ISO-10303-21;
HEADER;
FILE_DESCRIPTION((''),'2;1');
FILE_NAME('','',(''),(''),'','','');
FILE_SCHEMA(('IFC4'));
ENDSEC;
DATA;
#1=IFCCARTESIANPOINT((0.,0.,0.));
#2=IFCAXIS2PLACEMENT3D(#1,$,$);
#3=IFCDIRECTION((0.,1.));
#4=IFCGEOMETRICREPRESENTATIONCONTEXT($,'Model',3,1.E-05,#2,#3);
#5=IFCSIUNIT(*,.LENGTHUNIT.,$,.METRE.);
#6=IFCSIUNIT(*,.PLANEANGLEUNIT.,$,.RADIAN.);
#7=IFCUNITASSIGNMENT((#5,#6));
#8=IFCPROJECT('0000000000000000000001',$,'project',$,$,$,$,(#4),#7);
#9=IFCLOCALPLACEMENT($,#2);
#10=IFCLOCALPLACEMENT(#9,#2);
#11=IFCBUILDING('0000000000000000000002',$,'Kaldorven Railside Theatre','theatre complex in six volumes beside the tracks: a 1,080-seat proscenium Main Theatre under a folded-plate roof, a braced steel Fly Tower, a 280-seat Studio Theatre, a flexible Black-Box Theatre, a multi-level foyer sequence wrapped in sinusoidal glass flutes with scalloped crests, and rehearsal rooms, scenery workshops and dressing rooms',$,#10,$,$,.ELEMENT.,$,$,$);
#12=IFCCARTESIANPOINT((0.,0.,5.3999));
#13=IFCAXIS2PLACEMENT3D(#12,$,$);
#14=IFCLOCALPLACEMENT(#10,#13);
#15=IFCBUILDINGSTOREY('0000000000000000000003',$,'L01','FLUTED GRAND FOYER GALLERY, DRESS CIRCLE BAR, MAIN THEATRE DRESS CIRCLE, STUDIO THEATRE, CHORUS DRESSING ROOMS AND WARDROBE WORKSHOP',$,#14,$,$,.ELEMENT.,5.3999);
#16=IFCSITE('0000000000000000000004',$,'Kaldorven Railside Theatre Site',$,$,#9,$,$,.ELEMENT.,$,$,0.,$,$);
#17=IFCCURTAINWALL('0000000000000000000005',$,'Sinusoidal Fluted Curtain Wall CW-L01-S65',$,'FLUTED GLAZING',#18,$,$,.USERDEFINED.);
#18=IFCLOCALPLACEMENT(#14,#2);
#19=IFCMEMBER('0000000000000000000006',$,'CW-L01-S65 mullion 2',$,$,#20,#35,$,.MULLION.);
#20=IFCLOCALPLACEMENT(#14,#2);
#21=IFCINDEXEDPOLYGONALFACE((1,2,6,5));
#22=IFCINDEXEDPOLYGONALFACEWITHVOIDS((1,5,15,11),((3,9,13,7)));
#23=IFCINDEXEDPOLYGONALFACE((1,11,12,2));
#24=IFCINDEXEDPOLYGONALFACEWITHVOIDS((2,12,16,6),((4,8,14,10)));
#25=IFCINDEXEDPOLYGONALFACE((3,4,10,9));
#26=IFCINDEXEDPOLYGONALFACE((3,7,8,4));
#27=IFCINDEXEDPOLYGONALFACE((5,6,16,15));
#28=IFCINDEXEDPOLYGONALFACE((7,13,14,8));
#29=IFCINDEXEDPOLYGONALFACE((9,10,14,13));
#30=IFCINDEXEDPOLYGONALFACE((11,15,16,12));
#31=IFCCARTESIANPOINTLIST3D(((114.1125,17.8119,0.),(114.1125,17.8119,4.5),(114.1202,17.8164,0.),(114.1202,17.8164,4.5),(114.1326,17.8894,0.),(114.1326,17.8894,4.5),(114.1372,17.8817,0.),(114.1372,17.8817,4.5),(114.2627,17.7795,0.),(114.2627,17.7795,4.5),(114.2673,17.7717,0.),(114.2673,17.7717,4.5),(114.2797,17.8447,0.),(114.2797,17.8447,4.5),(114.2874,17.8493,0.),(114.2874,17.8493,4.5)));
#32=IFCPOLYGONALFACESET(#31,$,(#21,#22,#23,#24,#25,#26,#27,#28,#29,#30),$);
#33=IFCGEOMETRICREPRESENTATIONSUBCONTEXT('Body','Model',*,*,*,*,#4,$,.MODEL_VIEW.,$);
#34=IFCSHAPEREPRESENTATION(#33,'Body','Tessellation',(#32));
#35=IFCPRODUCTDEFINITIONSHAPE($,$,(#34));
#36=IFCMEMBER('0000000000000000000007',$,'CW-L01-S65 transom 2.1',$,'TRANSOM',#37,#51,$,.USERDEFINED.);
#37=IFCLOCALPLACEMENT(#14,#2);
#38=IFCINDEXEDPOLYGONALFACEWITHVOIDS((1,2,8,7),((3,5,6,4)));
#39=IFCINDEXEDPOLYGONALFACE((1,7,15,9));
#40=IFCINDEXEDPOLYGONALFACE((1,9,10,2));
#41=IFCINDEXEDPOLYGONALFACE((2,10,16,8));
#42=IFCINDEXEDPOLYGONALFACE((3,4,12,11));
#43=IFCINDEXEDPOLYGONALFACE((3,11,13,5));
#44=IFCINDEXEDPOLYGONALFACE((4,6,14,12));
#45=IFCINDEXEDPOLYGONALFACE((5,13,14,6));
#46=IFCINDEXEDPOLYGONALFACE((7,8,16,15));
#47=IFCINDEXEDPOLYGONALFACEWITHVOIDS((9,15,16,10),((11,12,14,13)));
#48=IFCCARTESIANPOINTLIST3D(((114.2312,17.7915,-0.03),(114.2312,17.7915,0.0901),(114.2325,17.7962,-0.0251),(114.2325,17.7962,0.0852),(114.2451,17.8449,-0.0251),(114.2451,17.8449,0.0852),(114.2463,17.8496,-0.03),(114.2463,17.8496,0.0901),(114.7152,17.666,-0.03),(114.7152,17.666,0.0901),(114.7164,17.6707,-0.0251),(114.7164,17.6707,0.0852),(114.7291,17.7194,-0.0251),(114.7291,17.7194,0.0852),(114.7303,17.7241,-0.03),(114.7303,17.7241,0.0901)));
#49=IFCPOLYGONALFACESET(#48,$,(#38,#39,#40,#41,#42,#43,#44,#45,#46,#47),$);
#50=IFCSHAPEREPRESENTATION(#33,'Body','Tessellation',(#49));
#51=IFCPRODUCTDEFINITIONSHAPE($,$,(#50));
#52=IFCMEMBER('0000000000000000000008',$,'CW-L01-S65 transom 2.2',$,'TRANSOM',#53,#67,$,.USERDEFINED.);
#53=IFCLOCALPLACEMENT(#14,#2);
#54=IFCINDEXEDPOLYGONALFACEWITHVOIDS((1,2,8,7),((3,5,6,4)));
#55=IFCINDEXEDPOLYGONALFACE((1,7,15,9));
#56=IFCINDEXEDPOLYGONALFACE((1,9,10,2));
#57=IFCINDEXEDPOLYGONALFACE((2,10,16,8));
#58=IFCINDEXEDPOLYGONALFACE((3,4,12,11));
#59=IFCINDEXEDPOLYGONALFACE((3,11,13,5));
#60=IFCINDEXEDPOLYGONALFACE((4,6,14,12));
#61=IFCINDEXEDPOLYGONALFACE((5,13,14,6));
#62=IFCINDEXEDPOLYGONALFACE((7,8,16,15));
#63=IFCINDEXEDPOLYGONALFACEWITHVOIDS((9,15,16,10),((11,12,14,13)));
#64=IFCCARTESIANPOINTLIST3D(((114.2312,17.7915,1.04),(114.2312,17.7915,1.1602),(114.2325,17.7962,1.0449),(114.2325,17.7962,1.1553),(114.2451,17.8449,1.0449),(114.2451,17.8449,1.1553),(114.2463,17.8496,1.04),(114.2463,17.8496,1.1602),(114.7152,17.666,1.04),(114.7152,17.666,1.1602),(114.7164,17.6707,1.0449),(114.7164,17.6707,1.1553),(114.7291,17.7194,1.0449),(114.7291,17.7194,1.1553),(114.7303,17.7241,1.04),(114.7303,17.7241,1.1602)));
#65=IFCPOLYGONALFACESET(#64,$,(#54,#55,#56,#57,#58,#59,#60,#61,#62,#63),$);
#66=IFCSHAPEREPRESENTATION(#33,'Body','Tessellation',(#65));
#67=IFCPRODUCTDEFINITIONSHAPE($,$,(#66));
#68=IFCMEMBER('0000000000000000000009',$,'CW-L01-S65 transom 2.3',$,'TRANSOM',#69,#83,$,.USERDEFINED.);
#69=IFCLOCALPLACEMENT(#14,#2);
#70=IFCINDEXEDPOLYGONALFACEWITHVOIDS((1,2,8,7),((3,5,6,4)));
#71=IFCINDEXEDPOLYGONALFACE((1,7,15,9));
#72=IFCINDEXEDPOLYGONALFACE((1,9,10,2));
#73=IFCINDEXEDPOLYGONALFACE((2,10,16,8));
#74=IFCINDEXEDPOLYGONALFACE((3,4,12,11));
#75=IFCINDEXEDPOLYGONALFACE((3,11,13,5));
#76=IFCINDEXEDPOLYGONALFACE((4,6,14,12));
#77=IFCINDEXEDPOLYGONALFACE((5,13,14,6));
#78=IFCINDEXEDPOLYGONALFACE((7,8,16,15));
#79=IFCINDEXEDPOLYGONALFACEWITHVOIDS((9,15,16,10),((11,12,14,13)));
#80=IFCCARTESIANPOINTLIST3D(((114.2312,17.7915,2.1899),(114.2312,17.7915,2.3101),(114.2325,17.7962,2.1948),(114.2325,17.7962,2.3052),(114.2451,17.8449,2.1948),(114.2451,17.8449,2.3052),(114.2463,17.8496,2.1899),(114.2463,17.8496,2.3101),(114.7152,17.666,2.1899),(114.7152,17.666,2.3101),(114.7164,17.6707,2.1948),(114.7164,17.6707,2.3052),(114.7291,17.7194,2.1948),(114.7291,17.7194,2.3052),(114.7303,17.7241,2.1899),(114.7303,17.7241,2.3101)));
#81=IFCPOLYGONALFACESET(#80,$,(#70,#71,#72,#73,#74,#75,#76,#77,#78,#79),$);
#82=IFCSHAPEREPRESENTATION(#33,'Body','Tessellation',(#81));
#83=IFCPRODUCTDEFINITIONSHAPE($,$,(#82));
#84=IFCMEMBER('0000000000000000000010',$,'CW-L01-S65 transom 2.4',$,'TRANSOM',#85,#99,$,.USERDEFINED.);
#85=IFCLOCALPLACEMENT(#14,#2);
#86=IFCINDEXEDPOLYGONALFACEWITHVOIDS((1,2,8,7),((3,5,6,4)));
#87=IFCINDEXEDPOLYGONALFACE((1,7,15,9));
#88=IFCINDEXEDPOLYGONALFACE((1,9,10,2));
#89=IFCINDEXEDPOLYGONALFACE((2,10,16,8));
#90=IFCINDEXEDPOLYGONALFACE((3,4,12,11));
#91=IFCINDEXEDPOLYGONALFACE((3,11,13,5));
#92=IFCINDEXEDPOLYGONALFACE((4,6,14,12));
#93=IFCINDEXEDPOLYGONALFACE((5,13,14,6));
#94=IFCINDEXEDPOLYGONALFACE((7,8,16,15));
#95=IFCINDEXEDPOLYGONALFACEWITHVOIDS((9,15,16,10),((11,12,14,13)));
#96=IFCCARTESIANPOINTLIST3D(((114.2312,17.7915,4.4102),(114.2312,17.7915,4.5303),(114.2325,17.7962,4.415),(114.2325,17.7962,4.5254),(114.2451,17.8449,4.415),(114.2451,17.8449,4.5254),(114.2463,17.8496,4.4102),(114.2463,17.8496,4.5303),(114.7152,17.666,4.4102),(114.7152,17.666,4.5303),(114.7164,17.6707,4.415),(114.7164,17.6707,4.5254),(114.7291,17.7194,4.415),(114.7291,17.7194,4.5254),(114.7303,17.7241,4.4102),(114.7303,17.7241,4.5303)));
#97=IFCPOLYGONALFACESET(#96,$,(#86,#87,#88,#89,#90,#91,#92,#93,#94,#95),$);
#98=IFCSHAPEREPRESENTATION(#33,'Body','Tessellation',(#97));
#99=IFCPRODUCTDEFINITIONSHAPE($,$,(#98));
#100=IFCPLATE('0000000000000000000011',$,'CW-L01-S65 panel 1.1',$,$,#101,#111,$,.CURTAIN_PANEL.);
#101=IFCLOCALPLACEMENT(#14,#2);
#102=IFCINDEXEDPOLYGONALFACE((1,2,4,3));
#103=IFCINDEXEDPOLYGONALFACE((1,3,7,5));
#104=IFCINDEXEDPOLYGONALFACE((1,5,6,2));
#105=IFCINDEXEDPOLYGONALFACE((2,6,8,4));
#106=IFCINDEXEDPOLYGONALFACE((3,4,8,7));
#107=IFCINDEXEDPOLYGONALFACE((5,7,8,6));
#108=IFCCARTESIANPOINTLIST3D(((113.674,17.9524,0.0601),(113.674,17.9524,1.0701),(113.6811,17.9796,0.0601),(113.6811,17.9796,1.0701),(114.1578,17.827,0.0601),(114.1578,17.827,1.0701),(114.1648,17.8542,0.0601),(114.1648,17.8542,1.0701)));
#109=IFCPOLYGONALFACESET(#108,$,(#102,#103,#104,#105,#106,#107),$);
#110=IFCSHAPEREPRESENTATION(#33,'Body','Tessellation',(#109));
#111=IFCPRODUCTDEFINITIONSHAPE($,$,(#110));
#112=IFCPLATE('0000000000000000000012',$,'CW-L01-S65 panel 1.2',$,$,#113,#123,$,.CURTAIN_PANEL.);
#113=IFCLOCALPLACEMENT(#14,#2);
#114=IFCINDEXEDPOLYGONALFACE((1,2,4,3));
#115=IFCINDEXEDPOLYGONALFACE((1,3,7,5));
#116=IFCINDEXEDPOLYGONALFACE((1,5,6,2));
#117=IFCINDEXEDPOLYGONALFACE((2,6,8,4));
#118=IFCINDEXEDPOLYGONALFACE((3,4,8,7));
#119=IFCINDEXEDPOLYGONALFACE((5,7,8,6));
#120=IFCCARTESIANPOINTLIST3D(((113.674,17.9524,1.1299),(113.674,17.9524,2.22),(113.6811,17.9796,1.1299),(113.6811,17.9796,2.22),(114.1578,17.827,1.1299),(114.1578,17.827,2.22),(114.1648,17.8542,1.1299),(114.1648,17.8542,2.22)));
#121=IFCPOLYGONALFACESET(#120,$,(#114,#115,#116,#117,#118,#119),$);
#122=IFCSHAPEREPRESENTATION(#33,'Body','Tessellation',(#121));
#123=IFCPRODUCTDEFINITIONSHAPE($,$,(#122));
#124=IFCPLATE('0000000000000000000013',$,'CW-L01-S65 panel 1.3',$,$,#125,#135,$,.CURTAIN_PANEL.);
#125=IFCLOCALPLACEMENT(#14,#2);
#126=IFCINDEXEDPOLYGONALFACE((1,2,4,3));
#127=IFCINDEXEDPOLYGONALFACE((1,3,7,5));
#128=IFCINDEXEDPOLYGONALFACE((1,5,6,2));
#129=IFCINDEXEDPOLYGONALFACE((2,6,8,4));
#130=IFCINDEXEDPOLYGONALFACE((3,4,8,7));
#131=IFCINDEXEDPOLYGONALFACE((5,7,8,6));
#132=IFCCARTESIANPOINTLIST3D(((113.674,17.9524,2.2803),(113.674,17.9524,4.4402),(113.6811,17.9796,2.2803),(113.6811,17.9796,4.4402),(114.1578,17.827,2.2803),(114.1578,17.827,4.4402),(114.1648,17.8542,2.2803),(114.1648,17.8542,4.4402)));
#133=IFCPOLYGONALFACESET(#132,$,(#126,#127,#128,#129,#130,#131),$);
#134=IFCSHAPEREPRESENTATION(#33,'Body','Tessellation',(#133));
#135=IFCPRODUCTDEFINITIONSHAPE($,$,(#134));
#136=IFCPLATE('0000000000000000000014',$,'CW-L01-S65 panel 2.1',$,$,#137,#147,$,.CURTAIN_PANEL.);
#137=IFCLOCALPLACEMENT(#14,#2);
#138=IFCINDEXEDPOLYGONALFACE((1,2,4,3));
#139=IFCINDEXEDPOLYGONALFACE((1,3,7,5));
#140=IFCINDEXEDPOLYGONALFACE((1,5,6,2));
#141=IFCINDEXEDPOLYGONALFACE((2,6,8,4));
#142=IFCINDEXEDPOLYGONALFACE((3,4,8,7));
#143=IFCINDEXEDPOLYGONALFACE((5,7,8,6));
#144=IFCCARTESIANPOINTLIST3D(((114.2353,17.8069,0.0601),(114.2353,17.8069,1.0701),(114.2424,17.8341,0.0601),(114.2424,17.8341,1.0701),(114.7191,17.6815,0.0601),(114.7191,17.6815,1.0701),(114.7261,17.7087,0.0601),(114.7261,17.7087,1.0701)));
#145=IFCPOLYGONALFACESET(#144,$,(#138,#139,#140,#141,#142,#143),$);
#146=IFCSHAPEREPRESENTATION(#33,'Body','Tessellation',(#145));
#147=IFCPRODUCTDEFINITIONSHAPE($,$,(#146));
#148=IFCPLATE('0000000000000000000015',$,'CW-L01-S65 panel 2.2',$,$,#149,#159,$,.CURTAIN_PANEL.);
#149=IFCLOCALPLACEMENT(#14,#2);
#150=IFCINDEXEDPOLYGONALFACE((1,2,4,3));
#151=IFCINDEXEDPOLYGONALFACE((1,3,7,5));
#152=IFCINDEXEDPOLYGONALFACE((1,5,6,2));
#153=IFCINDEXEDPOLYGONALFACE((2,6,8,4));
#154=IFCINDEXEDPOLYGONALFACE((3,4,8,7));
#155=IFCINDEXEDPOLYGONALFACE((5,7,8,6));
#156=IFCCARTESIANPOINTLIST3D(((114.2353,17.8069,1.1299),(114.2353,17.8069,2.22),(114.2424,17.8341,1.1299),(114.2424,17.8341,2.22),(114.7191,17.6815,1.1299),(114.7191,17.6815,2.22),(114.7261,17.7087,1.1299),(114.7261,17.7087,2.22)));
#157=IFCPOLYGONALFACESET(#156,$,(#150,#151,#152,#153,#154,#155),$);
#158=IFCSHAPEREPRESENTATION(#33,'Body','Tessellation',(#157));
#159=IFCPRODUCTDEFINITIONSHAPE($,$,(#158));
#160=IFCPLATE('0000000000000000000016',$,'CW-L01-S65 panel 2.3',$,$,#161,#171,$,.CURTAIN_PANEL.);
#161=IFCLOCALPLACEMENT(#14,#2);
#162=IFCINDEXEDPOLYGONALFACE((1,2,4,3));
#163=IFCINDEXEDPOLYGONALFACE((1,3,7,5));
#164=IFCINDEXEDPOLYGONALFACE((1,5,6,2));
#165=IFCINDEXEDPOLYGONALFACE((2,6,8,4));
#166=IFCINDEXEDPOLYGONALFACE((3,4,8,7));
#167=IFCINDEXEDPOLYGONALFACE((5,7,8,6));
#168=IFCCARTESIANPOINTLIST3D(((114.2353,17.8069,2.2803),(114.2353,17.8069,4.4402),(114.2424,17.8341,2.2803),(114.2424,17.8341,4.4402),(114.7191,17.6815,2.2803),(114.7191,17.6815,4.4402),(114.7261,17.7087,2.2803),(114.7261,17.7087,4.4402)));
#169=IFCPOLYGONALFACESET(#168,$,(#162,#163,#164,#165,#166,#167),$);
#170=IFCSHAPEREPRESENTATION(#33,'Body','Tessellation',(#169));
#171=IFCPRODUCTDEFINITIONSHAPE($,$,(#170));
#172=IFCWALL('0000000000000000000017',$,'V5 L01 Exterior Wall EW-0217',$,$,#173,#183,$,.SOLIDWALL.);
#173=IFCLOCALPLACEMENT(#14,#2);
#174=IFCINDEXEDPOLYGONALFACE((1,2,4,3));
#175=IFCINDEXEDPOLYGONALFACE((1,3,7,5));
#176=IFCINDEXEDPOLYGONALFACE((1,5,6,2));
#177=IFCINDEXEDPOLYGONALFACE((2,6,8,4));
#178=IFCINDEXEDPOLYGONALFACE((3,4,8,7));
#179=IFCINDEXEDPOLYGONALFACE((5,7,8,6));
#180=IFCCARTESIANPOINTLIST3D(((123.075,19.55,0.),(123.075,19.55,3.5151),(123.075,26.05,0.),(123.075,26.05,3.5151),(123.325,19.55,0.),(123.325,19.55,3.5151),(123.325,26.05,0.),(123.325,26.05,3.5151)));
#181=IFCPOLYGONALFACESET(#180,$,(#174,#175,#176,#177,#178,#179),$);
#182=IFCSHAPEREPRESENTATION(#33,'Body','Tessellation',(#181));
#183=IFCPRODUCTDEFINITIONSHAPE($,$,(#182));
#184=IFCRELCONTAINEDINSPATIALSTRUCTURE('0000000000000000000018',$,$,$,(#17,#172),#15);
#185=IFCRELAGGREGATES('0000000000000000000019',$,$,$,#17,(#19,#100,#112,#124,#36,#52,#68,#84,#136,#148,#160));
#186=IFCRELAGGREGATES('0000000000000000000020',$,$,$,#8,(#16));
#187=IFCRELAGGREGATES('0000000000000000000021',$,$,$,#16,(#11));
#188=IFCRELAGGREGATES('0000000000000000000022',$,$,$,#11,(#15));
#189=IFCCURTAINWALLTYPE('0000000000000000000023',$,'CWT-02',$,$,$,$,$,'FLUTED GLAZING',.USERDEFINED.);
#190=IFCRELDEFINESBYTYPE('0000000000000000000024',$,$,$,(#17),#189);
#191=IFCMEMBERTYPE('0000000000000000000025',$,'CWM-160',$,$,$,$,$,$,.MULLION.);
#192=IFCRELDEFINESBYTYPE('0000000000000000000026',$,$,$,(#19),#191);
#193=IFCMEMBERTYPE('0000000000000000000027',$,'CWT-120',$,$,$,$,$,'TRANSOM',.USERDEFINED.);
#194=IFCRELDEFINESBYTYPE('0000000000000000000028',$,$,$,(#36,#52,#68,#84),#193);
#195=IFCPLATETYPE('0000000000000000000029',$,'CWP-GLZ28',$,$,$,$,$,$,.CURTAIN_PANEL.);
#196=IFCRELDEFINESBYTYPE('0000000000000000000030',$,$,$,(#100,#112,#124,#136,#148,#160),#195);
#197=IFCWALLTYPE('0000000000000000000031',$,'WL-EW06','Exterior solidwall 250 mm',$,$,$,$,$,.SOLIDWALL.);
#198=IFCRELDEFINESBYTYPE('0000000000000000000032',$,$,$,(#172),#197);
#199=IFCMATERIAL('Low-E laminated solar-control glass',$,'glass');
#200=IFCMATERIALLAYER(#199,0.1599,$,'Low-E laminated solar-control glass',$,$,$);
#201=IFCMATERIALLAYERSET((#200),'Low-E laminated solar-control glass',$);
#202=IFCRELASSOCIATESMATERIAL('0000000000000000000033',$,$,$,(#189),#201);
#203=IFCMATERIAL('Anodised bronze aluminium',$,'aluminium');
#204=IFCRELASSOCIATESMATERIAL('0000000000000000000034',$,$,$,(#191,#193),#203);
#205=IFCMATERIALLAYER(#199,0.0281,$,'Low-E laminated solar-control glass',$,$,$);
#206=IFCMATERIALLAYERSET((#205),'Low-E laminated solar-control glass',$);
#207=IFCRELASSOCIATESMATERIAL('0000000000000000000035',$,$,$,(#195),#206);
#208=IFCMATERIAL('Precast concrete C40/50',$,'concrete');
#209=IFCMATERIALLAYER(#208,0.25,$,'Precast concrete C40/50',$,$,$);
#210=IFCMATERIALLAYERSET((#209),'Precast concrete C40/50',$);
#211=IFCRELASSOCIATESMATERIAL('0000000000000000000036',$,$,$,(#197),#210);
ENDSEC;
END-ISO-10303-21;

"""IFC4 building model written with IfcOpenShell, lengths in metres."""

from ifc_helpers import new_model, si_unit, direction, frame, frame_2d, origin, origin_2d, place, context, subcontext, project, spatial, rectangle, hollow_rectangle, extrude, material, layer, layer_set, material_profile, profile_set, type_object, element, aggregate, save


model = new_model("IFC4")

# Units and contexts
model_context = context("Model", 3, precision=1e-05, world=origin(), true_north=direction((0.0, 1.0)))
body_context = subcontext(model_context, "Body", "Model", "MODEL_VIEW")
ifc_project = project(units=[si_unit("LENGTHUNIT", "METRE"), si_unit("PLANEANGLEUNIT", "RADIAN")], contexts=[model_context])

# Site, building, storey
site_placement = place(None, origin())
site = spatial("IfcSite", under=ifc_project, at=site_placement, Name="Kaldorven Railside Theatre Site", CompositionType="ELEMENT", RefElevation=0.0)
building_placement = place(site_placement, origin())
building = spatial("IfcBuilding", under=site, at=building_placement, Name="Kaldorven Railside Theatre", Description="theatre complex in six volumes beside the tracks: a 1,080-seat proscenium Main Theatre under a folded-plate roof, a braced steel Fly Tower, a 280-seat Studio Theatre, a flexible Black-Box Theatre, a multi-level foyer sequence wrapped in sinusoidal glass flutes with scalloped crests, and rehearsal rooms, scenery workshops and dressing rooms", CompositionType="ELEMENT")
storey_placement = place(building_placement, frame((0.0, 0.0, 5.3999)))
storey = spatial("IfcBuildingStorey", under=building, at=storey_placement, Name="L01", Description="FLUTED GRAND FOYER GALLERY, DRESS CIRCLE BAR, MAIN THEATRE DRESS CIRCLE, STUDIO THEATRE, CHORUS DRESSING ROOMS AND WARDROBE WORKSHOP", CompositionType="ELEMENT", Elevation=5.3999)

# Curtain wall, members, plates
ifc_material_1 = material(Name="Low-E laminated solar-control glass", Category="glass")
ifc_layer_1 = layer(ifc_material_1, 0.1599, Name="Low-E laminated solar-control glass")
ifc_layer_set_1 = layer_set([ifc_layer_1], Name="Low-E laminated solar-control glass")
curtain_wall_type = type_object("IfcCurtainWallType", Name="CWT-02", ElementType="FLUTED GLAZING", PredefinedType="USERDEFINED", material=ifc_layer_set_1)
curtain_wall_placement = place(storey_placement, origin())
curtain_wall = element("IfcCurtainWall", 1, at=curtain_wall_placement, inside=storey, type_object=curtain_wall_type, Name="Sinusoidal Fluted Curtain Wall CW-L01-S65", ObjectType="FLUTED GLAZING", PredefinedType="USERDEFINED")
ifc_material_2 = material(Name="Anodised bronze aluminium", Category="aluminium")
ifc_material_profile_1 = material_profile(ifc_material_2, hollow_rectangle(XDim=0.0801, YDim=0.1599, WallThickness=0.0063, at=origin_2d()), Name="RHS 160x80x6.3")
ifc_profile_set_1 = profile_set([ifc_material_profile_1], Name="Anodised bronze aluminium")
member_type_1 = type_object("IfcMemberType", Name="CWM-160", PredefinedType="MULLION", material=ifc_profile_set_1)
member_1_placement = place(storey_placement, frame((114.2, 17.8306, 0.0), z_axis=(0.0, 0.0, 1.0), x_axis=(0.250954, 0.967999, 0.0)))
member_1 = element("IfcMember", 2, at=member_1_placement, type_object=member_type_1, Name="CW-L01-S65 mullion 2", PredefinedType="MULLION", context=body_context, shape_type="SweptSolid", body=[
    extrude(hollow_rectangle(XDim=0.0801, YDim=0.1599, WallThickness=0.0063, at=origin_2d()), origin(), (0.0, 0.0, 1.0), 4.5),
])
ifc_material_profile_2 = material_profile(ifc_material_2, hollow_rectangle(XDim=0.0601, YDim=0.1201, WallThickness=0.0049, at=origin_2d()), Name="RHS 120x60x5")
ifc_profile_set_2 = profile_set([ifc_material_profile_2], Name="Anodised bronze aluminium")
member_type_2 = type_object("IfcMemberType", Name="CWT-120", ElementType="TRANSOM", PredefinedType="USERDEFINED", material=ifc_profile_set_2)
member_2_placement = place(storey_placement, frame((114.2388, 17.8206, 0.03), z_axis=(0.967979, -0.25103, 0.0), x_axis=(0.25103, 0.967979, 0.0)))
member_2 = element("IfcMember", 3, at=member_2_placement, type_object=member_type_2, Name="CW-L01-S65 transom 2.1", ObjectType="TRANSOM", PredefinedType="USERDEFINED", context=body_context, shape_type="SweptSolid", body=[
    extrude(hollow_rectangle(XDim=0.0601, YDim=0.1201, WallThickness=0.0049, at=origin_2d()), origin(), (0.0, 0.0, 1.0), 0.5),
])
member_3_placement = place(storey_placement, frame((114.2388, 17.8206, 1.1001), z_axis=(0.967979, -0.25103, 0.0), x_axis=(0.25103, 0.967979, 0.0)))
member_3 = element("IfcMember", 4, at=member_3_placement, type_object=member_type_2, Name="CW-L01-S65 transom 2.2", ObjectType="TRANSOM", PredefinedType="USERDEFINED", context=body_context, shape_type="SweptSolid", body=[
    extrude(hollow_rectangle(XDim=0.0601, YDim=0.1201, WallThickness=0.0049, at=origin_2d()), origin(), (0.0, 0.0, 1.0), 0.5),
])
member_4_placement = place(storey_placement, frame((114.2388, 17.8206, 2.25), z_axis=(0.967979, -0.25103, 0.0), x_axis=(0.25103, 0.967979, 0.0)))
member_4 = element("IfcMember", 5, at=member_4_placement, type_object=member_type_2, Name="CW-L01-S65 transom 2.3", ObjectType="TRANSOM", PredefinedType="USERDEFINED", context=body_context, shape_type="SweptSolid", body=[
    extrude(hollow_rectangle(XDim=0.0601, YDim=0.1201, WallThickness=0.0049, at=origin_2d()), origin(), (0.0, 0.0, 1.0), 0.5),
])
member_5_placement = place(storey_placement, frame((114.2388, 17.8206, 4.4702), z_axis=(0.967979, -0.25103, 0.0), x_axis=(0.25103, 0.967979, 0.0)))
member_5 = element("IfcMember", 6, at=member_5_placement, type_object=member_type_2, Name="CW-L01-S65 transom 2.4", ObjectType="TRANSOM", PredefinedType="USERDEFINED", context=body_context, shape_type="SweptSolid", body=[
    extrude(hollow_rectangle(XDim=0.0601, YDim=0.1201, WallThickness=0.0049, at=origin_2d()), origin(), (0.0, 0.0, 1.0), 0.5),
])
ifc_layer_2 = layer(ifc_material_1, 0.0281, Name="Low-E laminated solar-control glass")
ifc_layer_set_2 = layer_set([ifc_layer_2], Name="Low-E laminated solar-control glass")
plate_type = type_object("IfcPlateType", Name="CWP-GLZ28", PredefinedType="CURTAIN_PANEL", material=ifc_layer_set_2)
plate_1_placement = place(storey_placement, frame((113.9194, 17.9033, 0.0601), z_axis=(0.0, 0.0, 1.0), x_axis=(0.967999, -0.250954, 0.0)))
plate_1 = element("IfcPlate", 7, at=plate_1_placement, type_object=plate_type, Name="CW-L01-S65 panel 1.1", PredefinedType="CURTAIN_PANEL", context=body_context, shape_type="SweptSolid", body=[
    extrude(rectangle(XDim=0.4998, YDim=0.0281, at=origin_2d()), origin(), (0.0, 0.0, 1.0), 1.01),
])
plate_2_placement = place(storey_placement, frame((113.9194, 17.9033, 1.1299), z_axis=(0.0, 0.0, 1.0), x_axis=(0.967999, -0.250954, 0.0)))
plate_2 = element("IfcPlate", 8, at=plate_2_placement, type_object=plate_type, Name="CW-L01-S65 panel 1.2", PredefinedType="CURTAIN_PANEL", context=body_context, shape_type="SweptSolid", body=[
    extrude(rectangle(XDim=0.4998, YDim=0.0281, at=origin_2d()), origin(), (0.0, 0.0, 1.0), 1.0901),
])
plate_3_placement = place(storey_placement, frame((113.9194, 17.9033, 2.2803), z_axis=(0.0, 0.0, 1.0), x_axis=(0.967999, -0.250954, 0.0)))
plate_3 = element("IfcPlate", 9, at=plate_3_placement, type_object=plate_type, Name="CW-L01-S65 panel 1.3", PredefinedType="CURTAIN_PANEL", context=body_context, shape_type="SweptSolid", body=[
    extrude(rectangle(XDim=0.4998, YDim=0.0281, at=origin_2d()), origin(), (0.0, 0.0, 1.0), 2.1599),
])
plate_4_placement = place(storey_placement, frame((114.4807, 17.7578, 0.0601), z_axis=(0.0, 0.0, 1.0), x_axis=(0.967999, -0.250954, 0.0)))
plate_4 = element("IfcPlate", 10, at=plate_4_placement, type_object=plate_type, Name="CW-L01-S65 panel 2.1", PredefinedType="CURTAIN_PANEL", context=body_context, shape_type="SweptSolid", body=[
    extrude(rectangle(XDim=0.4998, YDim=0.0281, at=origin_2d()), origin(), (0.0, 0.0, 1.0), 1.01),
])
plate_5_placement = place(storey_placement, frame((114.4807, 17.7578, 1.1299), z_axis=(0.0, 0.0, 1.0), x_axis=(0.967999, -0.250954, 0.0)))
plate_5 = element("IfcPlate", 11, at=plate_5_placement, type_object=plate_type, Name="CW-L01-S65 panel 2.2", PredefinedType="CURTAIN_PANEL", context=body_context, shape_type="SweptSolid", body=[
    extrude(rectangle(XDim=0.4998, YDim=0.0281, at=origin_2d()), origin(), (0.0, 0.0, 1.0), 1.0901),
])
plate_6_placement = place(storey_placement, frame((114.4807, 17.7578, 2.2803), z_axis=(0.0, 0.0, 1.0), x_axis=(0.967999, -0.250954, 0.0)))
plate_6 = element("IfcPlate", 12, at=plate_6_placement, type_object=plate_type, Name="CW-L01-S65 panel 2.3", PredefinedType="CURTAIN_PANEL", context=body_context, shape_type="SweptSolid", body=[
    extrude(rectangle(XDim=0.4998, YDim=0.0281, at=origin_2d()), origin(), (0.0, 0.0, 1.0), 2.1599),
])
aggregate(curtain_wall, [member_1, plate_1, plate_2, plate_3, member_2, member_3, member_4, member_5, plate_4, plate_5, plate_6])

# Wall
ifc_material_3 = material(Name="Precast concrete C40/50", Category="concrete")
ifc_layer_3 = layer(ifc_material_3, 0.25, Name="Precast concrete C40/50")
ifc_layer_set_3 = layer_set([ifc_layer_3], Name="Precast concrete C40/50")
wall_type_1 = type_object("IfcWallType", Name="WL-EW06", Description="Exterior solidwall 250 mm", PredefinedType="SOLIDWALL", material=ifc_layer_set_3)
wall_1_placement = place(storey_placement, frame((123.2, 26.05, 0.0), z_axis=(0.0, 0.0, 1.0), x_axis=(0.0, -1.0, 0.0)))
element("IfcWall", 13, at=wall_1_placement, inside=storey, type_object=wall_type_1, Name="V5 L01 Exterior Wall EW-0217", PredefinedType="SOLIDWALL", context=body_context, shape_type="SweptSolid", body=[
    extrude(rectangle(XDim=6.5, YDim=0.25, at=frame_2d((3.25, 0.0))), origin(), (0.0, 0.0, 1.0), 3.5151),
])

save(model, "model.ifc")
